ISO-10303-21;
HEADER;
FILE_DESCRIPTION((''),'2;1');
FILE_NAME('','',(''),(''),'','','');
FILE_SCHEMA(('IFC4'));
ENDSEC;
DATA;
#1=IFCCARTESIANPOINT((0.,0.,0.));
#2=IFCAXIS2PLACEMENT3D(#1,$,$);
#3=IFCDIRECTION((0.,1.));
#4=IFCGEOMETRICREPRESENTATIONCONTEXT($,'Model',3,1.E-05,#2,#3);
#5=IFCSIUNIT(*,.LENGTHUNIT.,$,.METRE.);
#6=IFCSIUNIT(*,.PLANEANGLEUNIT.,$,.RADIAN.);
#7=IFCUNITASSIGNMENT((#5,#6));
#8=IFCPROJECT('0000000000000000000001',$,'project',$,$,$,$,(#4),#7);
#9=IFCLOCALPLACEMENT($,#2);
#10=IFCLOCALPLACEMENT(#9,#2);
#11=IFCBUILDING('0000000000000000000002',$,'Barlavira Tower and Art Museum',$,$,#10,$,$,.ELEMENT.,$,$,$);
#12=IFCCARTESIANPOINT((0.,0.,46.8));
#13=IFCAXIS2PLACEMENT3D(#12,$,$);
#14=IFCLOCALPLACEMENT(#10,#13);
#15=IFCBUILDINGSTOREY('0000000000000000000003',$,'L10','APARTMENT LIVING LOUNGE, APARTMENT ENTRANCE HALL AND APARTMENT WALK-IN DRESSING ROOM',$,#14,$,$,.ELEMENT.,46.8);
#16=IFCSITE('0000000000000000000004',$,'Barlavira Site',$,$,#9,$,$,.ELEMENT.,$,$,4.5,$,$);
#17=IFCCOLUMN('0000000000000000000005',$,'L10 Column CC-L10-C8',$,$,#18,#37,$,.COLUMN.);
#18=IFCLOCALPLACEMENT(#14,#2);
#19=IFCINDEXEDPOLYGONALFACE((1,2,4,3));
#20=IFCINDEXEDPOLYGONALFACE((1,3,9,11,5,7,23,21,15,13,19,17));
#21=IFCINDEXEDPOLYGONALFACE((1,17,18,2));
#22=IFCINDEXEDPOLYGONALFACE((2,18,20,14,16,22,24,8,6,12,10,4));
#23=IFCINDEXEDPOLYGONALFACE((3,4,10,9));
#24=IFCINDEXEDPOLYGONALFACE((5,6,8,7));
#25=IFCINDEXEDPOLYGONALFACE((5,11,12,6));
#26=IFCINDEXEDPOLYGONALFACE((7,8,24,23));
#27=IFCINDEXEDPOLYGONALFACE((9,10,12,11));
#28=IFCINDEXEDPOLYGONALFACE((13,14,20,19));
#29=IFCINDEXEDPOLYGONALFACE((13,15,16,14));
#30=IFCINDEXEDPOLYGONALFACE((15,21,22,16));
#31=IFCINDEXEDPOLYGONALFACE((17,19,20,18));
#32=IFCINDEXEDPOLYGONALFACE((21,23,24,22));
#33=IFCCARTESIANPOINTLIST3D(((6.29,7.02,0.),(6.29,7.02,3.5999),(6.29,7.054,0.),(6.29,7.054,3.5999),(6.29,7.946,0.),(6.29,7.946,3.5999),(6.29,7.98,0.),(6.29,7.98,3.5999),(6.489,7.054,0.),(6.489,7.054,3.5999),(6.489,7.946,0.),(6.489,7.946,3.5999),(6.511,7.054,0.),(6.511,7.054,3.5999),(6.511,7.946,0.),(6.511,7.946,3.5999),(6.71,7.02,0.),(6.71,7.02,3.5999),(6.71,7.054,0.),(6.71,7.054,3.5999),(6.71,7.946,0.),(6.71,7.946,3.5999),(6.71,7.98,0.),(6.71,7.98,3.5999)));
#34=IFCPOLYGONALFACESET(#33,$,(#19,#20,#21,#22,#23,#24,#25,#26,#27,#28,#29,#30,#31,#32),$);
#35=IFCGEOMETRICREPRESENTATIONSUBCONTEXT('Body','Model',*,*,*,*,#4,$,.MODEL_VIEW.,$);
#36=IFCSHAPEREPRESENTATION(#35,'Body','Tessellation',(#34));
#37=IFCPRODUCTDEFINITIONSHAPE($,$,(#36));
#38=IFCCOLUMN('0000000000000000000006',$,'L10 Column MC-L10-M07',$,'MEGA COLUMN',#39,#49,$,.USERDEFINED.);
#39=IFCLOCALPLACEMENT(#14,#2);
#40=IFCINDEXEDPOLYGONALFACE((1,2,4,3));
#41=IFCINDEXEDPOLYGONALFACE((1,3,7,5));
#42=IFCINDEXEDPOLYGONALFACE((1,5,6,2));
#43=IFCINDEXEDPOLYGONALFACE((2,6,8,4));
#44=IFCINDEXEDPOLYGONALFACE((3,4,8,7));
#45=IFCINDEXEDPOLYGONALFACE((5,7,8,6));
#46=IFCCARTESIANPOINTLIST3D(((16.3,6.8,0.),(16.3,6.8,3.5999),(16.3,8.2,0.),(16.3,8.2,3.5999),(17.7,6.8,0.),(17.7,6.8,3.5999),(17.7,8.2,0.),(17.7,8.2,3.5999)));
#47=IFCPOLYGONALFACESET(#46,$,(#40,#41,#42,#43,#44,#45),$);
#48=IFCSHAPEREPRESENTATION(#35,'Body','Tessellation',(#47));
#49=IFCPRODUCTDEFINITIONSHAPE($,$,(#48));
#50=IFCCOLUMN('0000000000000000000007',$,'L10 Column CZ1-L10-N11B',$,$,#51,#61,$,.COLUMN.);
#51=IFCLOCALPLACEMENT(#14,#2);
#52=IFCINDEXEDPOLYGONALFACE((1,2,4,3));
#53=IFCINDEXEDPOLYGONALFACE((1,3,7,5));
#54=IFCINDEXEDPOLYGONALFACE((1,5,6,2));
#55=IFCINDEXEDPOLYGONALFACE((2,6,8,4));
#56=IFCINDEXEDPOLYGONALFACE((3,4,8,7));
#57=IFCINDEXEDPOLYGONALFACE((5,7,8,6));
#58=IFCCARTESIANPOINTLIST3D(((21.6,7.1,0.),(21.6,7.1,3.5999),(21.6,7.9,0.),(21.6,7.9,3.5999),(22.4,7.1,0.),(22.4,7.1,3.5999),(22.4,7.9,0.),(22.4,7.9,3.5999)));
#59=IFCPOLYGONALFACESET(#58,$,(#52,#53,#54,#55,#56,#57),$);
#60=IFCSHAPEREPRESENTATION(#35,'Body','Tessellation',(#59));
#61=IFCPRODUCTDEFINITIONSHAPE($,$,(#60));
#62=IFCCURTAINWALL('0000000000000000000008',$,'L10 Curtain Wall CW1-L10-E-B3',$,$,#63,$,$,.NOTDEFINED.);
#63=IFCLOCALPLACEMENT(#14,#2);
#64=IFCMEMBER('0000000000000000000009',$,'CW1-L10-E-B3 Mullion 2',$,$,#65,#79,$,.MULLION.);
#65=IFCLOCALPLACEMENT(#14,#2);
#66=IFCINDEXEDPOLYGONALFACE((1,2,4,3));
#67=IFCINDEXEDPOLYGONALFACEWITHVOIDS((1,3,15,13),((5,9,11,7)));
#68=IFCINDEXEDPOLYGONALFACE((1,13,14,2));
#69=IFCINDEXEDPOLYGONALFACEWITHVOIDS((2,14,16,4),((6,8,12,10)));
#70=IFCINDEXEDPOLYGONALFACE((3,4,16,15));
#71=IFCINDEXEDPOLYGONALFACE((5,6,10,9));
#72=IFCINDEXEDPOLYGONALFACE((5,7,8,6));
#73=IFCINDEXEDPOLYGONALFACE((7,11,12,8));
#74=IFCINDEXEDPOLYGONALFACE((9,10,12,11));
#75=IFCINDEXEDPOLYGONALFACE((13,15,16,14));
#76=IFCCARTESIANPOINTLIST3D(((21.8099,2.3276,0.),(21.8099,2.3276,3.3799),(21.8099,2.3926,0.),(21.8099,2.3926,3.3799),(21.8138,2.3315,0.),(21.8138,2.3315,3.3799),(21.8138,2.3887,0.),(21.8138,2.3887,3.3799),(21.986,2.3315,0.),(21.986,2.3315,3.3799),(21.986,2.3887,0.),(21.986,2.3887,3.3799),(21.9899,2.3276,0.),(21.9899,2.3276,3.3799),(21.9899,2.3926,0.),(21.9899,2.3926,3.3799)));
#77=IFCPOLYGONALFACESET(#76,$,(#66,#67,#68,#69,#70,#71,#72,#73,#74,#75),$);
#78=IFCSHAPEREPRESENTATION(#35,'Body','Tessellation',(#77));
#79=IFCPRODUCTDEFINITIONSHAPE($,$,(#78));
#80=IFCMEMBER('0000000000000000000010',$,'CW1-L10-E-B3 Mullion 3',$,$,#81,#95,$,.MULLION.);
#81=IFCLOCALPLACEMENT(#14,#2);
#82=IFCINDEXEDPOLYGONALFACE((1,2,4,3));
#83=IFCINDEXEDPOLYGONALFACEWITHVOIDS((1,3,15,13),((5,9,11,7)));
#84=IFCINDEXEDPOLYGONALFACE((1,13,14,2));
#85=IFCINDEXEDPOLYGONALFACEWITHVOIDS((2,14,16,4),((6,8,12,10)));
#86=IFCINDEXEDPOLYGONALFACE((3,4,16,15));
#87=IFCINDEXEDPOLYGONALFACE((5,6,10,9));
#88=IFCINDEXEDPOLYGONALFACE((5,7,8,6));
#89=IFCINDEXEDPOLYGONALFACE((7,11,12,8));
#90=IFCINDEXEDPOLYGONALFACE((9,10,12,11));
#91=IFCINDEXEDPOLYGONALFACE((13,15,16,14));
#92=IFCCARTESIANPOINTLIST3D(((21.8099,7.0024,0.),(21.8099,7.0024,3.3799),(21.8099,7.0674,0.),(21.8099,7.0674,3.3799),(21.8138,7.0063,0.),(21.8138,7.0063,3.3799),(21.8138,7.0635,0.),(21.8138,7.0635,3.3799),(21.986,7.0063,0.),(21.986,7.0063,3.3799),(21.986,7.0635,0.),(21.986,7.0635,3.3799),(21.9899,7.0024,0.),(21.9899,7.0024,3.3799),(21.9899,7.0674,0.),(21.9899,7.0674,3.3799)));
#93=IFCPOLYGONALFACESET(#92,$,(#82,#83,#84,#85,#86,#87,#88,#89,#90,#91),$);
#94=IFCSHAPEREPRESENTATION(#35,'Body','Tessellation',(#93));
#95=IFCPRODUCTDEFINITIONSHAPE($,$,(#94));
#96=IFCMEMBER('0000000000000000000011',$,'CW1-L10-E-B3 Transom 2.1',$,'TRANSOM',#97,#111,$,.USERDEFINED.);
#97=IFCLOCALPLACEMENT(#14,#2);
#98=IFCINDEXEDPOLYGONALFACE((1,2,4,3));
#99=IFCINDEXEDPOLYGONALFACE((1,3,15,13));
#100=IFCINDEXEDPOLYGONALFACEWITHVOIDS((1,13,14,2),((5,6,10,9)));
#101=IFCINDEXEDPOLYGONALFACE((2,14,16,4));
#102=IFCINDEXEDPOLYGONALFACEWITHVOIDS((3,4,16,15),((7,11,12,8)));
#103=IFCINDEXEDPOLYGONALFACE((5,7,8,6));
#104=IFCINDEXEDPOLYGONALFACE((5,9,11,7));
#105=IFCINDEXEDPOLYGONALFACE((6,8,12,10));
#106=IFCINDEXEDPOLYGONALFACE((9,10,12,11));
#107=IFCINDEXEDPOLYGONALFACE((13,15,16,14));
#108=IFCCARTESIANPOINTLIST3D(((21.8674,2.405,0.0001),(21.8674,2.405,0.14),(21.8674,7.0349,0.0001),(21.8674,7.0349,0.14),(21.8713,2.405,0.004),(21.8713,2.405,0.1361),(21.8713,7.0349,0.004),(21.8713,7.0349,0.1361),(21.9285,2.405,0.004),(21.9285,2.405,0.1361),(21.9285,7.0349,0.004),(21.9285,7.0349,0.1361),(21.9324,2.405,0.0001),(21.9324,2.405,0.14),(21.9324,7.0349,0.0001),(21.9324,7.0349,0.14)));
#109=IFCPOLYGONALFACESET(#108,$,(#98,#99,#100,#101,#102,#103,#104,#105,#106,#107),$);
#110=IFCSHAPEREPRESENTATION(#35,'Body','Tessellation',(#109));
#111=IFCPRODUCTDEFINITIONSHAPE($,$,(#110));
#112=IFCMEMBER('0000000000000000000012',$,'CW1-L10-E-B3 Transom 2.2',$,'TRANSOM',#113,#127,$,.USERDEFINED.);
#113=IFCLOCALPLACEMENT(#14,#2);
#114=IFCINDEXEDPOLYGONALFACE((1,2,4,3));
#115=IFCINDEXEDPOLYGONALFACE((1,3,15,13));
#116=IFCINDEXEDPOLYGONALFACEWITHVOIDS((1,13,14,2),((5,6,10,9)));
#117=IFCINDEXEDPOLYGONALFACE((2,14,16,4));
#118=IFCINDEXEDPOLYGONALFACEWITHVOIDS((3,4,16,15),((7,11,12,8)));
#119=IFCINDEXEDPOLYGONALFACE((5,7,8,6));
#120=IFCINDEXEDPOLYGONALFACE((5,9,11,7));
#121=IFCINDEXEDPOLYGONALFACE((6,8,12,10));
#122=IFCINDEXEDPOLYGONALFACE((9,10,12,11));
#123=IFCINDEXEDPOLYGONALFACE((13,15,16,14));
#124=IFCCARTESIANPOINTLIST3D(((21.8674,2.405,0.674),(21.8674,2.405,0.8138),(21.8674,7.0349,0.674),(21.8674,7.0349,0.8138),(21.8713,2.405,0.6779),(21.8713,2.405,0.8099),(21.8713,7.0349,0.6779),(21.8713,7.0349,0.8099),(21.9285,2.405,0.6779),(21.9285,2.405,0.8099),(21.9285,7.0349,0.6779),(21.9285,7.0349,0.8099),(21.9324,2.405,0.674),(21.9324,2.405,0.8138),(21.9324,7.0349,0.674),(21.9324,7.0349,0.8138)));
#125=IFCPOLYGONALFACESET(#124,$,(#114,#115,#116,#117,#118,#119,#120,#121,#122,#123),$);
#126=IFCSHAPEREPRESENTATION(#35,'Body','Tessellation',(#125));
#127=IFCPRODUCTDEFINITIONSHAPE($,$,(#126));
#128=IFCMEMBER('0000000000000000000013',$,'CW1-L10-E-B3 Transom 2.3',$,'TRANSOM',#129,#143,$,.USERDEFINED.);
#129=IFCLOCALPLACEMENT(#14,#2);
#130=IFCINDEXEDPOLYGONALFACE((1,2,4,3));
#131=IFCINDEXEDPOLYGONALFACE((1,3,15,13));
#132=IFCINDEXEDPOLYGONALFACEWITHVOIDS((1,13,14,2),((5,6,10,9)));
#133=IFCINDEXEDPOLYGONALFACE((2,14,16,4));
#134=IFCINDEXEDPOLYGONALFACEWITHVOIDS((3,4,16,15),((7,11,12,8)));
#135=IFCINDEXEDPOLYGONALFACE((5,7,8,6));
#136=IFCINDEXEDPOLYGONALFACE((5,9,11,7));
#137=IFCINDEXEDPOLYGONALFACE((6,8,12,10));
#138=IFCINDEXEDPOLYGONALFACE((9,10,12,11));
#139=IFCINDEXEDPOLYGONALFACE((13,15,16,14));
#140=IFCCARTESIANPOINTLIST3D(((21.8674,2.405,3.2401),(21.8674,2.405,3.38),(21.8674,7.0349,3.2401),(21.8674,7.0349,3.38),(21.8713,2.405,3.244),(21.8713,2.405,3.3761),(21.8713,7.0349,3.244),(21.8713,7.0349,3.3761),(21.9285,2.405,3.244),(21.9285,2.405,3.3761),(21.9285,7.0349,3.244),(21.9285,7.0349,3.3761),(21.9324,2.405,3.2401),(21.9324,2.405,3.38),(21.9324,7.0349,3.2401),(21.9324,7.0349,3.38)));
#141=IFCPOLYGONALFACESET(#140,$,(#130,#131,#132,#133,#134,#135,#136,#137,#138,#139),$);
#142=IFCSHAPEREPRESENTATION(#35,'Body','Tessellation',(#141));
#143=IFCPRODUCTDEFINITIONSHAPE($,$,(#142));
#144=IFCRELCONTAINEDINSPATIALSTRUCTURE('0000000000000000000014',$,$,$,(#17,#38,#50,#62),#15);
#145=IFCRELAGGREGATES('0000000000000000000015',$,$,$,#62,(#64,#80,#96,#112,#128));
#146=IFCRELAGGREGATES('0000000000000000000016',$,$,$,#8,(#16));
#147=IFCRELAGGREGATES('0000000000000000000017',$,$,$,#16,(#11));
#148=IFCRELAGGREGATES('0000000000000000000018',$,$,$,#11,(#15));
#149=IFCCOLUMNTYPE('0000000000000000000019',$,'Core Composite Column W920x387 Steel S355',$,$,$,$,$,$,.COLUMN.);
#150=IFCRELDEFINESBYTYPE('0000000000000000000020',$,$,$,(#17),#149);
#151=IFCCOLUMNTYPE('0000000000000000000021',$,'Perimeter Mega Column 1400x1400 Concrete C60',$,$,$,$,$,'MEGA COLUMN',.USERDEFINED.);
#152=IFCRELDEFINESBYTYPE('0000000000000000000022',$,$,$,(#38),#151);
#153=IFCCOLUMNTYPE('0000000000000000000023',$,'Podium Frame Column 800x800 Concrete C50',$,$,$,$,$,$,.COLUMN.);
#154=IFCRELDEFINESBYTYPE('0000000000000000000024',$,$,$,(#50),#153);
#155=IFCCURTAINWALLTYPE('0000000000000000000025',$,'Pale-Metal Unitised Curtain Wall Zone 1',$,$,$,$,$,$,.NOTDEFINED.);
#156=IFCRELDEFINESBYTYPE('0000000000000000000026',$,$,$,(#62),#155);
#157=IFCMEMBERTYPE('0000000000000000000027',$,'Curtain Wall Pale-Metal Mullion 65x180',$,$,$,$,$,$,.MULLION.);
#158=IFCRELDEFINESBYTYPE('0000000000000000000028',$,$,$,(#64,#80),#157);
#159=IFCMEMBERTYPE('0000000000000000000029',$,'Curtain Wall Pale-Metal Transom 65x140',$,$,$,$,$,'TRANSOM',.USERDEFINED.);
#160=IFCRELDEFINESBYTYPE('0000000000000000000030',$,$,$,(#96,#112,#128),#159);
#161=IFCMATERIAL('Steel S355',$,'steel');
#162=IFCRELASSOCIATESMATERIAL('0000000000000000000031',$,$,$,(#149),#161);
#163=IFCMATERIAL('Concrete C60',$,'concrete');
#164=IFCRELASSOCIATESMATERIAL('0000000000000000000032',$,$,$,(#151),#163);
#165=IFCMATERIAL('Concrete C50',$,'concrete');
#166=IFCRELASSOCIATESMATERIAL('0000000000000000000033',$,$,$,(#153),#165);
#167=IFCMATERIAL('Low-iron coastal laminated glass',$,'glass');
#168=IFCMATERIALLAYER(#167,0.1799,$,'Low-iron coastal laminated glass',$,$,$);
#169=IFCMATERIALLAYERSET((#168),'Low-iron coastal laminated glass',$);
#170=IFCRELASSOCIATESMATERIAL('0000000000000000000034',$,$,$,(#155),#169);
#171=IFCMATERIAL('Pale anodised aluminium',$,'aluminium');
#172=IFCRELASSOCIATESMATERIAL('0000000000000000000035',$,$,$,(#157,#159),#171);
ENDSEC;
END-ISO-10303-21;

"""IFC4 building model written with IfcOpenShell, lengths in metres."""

from ifc_helpers import new_model, si_unit, direction, frame, origin, origin_2d, place, context, subcontext, project, spatial, rectangle, hollow_rectangle, i_section, extrude, material, layer, layer_set, material_profile, profile_set, type_object, element, aggregate, save


model = new_model("IFC4")

# Units and contexts
model_context = context("Model", 3, precision=1e-05, world=origin(), true_north=direction((0.0, 1.0)))
body_context = subcontext(model_context, "Body", "Model", "MODEL_VIEW")
ifc_project = project(units=[si_unit("LENGTHUNIT", "METRE"), si_unit("PLANEANGLEUNIT", "RADIAN")], contexts=[model_context])

# Site, building, storey
site_placement = place(None, origin())
site = spatial("IfcSite", under=ifc_project, at=site_placement, Name="Barlavira Site", CompositionType="ELEMENT", RefElevation=4.5)
building_placement = place(site_placement, origin())
building = spatial("IfcBuilding", under=site, at=building_placement, Name="Barlavira Tower and Art Museum", CompositionType="ELEMENT")
storey_placement = place(building_placement, frame((0.0, 0.0, 46.8)))
storey = spatial("IfcBuildingStorey", under=building, at=storey_placement, Name="L10", Description="APARTMENT LIVING LOUNGE, APARTMENT ENTRANCE HALL AND APARTMENT WALK-IN DRESSING ROOM", CompositionType="ELEMENT", Elevation=46.8)

# Columns
ifc_material_1 = material(Name="Steel S355", Category="steel")
ifc_material_profile_1 = material_profile(ifc_material_1, i_section(OverallWidth=0.4199, OverallDepth=0.96, WebThickness=0.022, FlangeThickness=0.0339, at=origin_2d()), Name="W920x387.0")
ifc_profile_set_1 = profile_set([ifc_material_profile_1], Name="Steel S355")
column_type_1 = type_object("IfcColumnType", Name="Core Composite Column W920x387 Steel S355", PredefinedType="COLUMN", material=ifc_profile_set_1)
column_1_placement = place(storey_placement, frame((6.5, 7.5, 0.0), z_axis=(0.0, 0.0, 1.0), x_axis=(1.0, 0.0, 0.0)))
element("IfcColumn", 1, at=column_1_placement, inside=storey, type_object=column_type_1, Name="L10 Column CC-L10-C8", PredefinedType="COLUMN", context=body_context, shape_type="SweptSolid", body=[
    extrude(i_section(OverallWidth=0.4199, OverallDepth=0.96, WebThickness=0.022, FlangeThickness=0.0339, at=origin_2d()), origin(), (0.0, 0.0, 1.0), 3.5999),
])
ifc_material_2 = material(Name="Concrete C60", Category="concrete")
ifc_material_profile_2 = material_profile(ifc_material_2, rectangle(XDim=1.3999, YDim=1.3999, at=origin_2d()), Name="RC-MCOL 1400x1400")
ifc_profile_set_2 = profile_set([ifc_material_profile_2], Name="Concrete C60")
column_type_2 = type_object("IfcColumnType", Name="Perimeter Mega Column 1400x1400 Concrete C60", ElementType="MEGA COLUMN", PredefinedType="USERDEFINED", material=ifc_profile_set_2)
column_2_placement = place(storey_placement, frame((17.0, 7.5, 0.0), z_axis=(0.0, 0.0, 1.0), x_axis=(1.0, 0.0, 0.0)))
element("IfcColumn", 2, at=column_2_placement, inside=storey, type_object=column_type_2, Name="L10 Column MC-L10-M07", ObjectType="MEGA COLUMN", PredefinedType="USERDEFINED", context=body_context, shape_type="SweptSolid", body=[
    extrude(rectangle(XDim=1.3999, YDim=1.3999, at=origin_2d()), origin(), (0.0, 0.0, 1.0), 3.5999),
])
ifc_material_3 = material(Name="Concrete C50", Category="concrete")
ifc_material_profile_3 = material_profile(ifc_material_3, rectangle(XDim=0.8, YDim=0.8, at=origin_2d()), Name="RC-COL 800x800")
ifc_profile_set_3 = profile_set([ifc_material_profile_3], Name="Concrete C50")
column_type_3 = type_object("IfcColumnType", Name="Podium Frame Column 800x800 Concrete C50", PredefinedType="COLUMN", material=ifc_profile_set_3)
column_3_placement = place(storey_placement, frame((22.0, 7.5, 0.0), z_axis=(0.0, 0.0, 1.0), x_axis=(1.0, 0.0, 0.0)))
element("IfcColumn", 3, at=column_3_placement, inside=storey, type_object=column_type_3, Name="L10 Column CZ1-L10-N11B", PredefinedType="COLUMN", context=body_context, shape_type="SweptSolid", body=[
    extrude(rectangle(XDim=0.8, YDim=0.8, at=origin_2d()), origin(), (0.0, 0.0, 1.0), 3.5999),
])

# Curtain wall, members
ifc_material_4 = material(Name="Low-iron coastal laminated glass", Category="glass")
ifc_layer_1 = layer(ifc_material_4, 0.1799, Name="Low-iron coastal laminated glass")
ifc_layer_set_1 = layer_set([ifc_layer_1], Name="Low-iron coastal laminated glass")
curtain_wall_type = type_object("IfcCurtainWallType", Name="Pale-Metal Unitised Curtain Wall Zone 1", PredefinedType="NOTDEFINED", material=ifc_layer_set_1)
curtain_wall_placement = place(storey_placement, origin())
curtain_wall = element("IfcCurtainWall", 4, at=curtain_wall_placement, inside=storey, type_object=curtain_wall_type, Name="L10 Curtain Wall CW1-L10-E-B3", PredefinedType="NOTDEFINED")
ifc_material_5 = material(Name="Pale anodised aluminium", Category="aluminium")
ifc_material_profile_4 = material_profile(ifc_material_5, hollow_rectangle(XDim=0.0649, YDim=0.1799, WallThickness=0.0039, at=origin_2d()), Name="ALU-MULL 65x180x4")
ifc_profile_set_4 = profile_set([ifc_material_profile_4], Name="Pale anodised aluminium")
member_type_1 = type_object("IfcMemberType", Name="Curtain Wall Pale-Metal Mullion 65x180", PredefinedType="MULLION", material=ifc_profile_set_4)
member_1_placement = place(storey_placement, frame((21.8999, 2.3601, 0.0), z_axis=(0.0, 0.0, 1.0), x_axis=(0.0, 1.0, 0.0)))
member_1 = element("IfcMember", 5, at=member_1_placement, type_object=member_type_1, Name="CW1-L10-E-B3 Mullion 2", PredefinedType="MULLION", context=body_context, shape_type="SweptSolid", body=[
    extrude(hollow_rectangle(XDim=0.0649, YDim=0.1799, WallThickness=0.0039, at=origin_2d()), origin(), (0.0, 0.0, 1.0), 3.3799),
])
member_2_placement = place(storey_placement, frame((21.8999, 7.0349, 0.0), z_axis=(0.0, 0.0, 1.0), x_axis=(0.0, 1.0, 0.0)))
member_2 = element("IfcMember", 6, at=member_2_placement, type_object=member_type_1, Name="CW1-L10-E-B3 Mullion 3", PredefinedType="MULLION", context=body_context, shape_type="SweptSolid", body=[
    extrude(hollow_rectangle(XDim=0.0649, YDim=0.1799, WallThickness=0.0039, at=origin_2d()), origin(), (0.0, 0.0, 1.0), 3.3799),
])
ifc_material_profile_5 = material_profile(ifc_material_5, hollow_rectangle(XDim=0.0649, YDim=0.1399, WallThickness=0.0039, at=origin_2d()), Name="ALU-TRAN 65x140x4")
ifc_profile_set_5 = profile_set([ifc_material_profile_5], Name="Pale anodised aluminium")
member_type_2 = type_object("IfcMemberType", Name="Curtain Wall Pale-Metal Transom 65x140", ElementType="TRANSOM", PredefinedType="USERDEFINED", material=ifc_profile_set_5)
member_3_placement = place(storey_placement, frame((21.8999, 2.405, 0.0701), z_axis=(0.0, 1.0, 0.0), x_axis=(-1.0, 0.0, 0.0)))
member_3 = element("IfcMember", 7, at=member_3_placement, type_object=member_type_2, Name="CW1-L10-E-B3 Transom 2.1", ObjectType="TRANSOM", PredefinedType="USERDEFINED", context=body_context, shape_type="SweptSolid", body=[
    extrude(hollow_rectangle(XDim=0.0649, YDim=0.1399, WallThickness=0.0039, at=origin_2d()), origin(), (0.0, 0.0, 1.0), 4.6299),
])
member_4_placement = place(storey_placement, frame((21.8999, 2.405, 0.7439), z_axis=(0.0, 1.0, 0.0), x_axis=(-1.0, 0.0, 0.0)))
member_4 = element("IfcMember", 8, at=member_4_placement, type_object=member_type_2, Name="CW1-L10-E-B3 Transom 2.2", ObjectType="TRANSOM", PredefinedType="USERDEFINED", context=body_context, shape_type="SweptSolid", body=[
    extrude(hollow_rectangle(XDim=0.0649, YDim=0.1399, WallThickness=0.0039, at=origin_2d()), origin(), (0.0, 0.0, 1.0), 4.6299),
])
member_5_placement = place(storey_placement, frame((21.8999, 2.405, 3.3101), z_axis=(0.0, 1.0, 0.0), x_axis=(-1.0, 0.0, 0.0)))
member_5 = element("IfcMember", 9, at=member_5_placement, type_object=member_type_2, Name="CW1-L10-E-B3 Transom 2.3", ObjectType="TRANSOM", PredefinedType="USERDEFINED", context=body_context, shape_type="SweptSolid", body=[
    extrude(hollow_rectangle(XDim=0.0649, YDim=0.1399, WallThickness=0.0039, at=origin_2d()), origin(), (0.0, 0.0, 1.0), 4.6299),
])

aggregate(curtain_wall, [member_1, member_2, member_3, member_4, member_5])

save(model, "model.ifc")
